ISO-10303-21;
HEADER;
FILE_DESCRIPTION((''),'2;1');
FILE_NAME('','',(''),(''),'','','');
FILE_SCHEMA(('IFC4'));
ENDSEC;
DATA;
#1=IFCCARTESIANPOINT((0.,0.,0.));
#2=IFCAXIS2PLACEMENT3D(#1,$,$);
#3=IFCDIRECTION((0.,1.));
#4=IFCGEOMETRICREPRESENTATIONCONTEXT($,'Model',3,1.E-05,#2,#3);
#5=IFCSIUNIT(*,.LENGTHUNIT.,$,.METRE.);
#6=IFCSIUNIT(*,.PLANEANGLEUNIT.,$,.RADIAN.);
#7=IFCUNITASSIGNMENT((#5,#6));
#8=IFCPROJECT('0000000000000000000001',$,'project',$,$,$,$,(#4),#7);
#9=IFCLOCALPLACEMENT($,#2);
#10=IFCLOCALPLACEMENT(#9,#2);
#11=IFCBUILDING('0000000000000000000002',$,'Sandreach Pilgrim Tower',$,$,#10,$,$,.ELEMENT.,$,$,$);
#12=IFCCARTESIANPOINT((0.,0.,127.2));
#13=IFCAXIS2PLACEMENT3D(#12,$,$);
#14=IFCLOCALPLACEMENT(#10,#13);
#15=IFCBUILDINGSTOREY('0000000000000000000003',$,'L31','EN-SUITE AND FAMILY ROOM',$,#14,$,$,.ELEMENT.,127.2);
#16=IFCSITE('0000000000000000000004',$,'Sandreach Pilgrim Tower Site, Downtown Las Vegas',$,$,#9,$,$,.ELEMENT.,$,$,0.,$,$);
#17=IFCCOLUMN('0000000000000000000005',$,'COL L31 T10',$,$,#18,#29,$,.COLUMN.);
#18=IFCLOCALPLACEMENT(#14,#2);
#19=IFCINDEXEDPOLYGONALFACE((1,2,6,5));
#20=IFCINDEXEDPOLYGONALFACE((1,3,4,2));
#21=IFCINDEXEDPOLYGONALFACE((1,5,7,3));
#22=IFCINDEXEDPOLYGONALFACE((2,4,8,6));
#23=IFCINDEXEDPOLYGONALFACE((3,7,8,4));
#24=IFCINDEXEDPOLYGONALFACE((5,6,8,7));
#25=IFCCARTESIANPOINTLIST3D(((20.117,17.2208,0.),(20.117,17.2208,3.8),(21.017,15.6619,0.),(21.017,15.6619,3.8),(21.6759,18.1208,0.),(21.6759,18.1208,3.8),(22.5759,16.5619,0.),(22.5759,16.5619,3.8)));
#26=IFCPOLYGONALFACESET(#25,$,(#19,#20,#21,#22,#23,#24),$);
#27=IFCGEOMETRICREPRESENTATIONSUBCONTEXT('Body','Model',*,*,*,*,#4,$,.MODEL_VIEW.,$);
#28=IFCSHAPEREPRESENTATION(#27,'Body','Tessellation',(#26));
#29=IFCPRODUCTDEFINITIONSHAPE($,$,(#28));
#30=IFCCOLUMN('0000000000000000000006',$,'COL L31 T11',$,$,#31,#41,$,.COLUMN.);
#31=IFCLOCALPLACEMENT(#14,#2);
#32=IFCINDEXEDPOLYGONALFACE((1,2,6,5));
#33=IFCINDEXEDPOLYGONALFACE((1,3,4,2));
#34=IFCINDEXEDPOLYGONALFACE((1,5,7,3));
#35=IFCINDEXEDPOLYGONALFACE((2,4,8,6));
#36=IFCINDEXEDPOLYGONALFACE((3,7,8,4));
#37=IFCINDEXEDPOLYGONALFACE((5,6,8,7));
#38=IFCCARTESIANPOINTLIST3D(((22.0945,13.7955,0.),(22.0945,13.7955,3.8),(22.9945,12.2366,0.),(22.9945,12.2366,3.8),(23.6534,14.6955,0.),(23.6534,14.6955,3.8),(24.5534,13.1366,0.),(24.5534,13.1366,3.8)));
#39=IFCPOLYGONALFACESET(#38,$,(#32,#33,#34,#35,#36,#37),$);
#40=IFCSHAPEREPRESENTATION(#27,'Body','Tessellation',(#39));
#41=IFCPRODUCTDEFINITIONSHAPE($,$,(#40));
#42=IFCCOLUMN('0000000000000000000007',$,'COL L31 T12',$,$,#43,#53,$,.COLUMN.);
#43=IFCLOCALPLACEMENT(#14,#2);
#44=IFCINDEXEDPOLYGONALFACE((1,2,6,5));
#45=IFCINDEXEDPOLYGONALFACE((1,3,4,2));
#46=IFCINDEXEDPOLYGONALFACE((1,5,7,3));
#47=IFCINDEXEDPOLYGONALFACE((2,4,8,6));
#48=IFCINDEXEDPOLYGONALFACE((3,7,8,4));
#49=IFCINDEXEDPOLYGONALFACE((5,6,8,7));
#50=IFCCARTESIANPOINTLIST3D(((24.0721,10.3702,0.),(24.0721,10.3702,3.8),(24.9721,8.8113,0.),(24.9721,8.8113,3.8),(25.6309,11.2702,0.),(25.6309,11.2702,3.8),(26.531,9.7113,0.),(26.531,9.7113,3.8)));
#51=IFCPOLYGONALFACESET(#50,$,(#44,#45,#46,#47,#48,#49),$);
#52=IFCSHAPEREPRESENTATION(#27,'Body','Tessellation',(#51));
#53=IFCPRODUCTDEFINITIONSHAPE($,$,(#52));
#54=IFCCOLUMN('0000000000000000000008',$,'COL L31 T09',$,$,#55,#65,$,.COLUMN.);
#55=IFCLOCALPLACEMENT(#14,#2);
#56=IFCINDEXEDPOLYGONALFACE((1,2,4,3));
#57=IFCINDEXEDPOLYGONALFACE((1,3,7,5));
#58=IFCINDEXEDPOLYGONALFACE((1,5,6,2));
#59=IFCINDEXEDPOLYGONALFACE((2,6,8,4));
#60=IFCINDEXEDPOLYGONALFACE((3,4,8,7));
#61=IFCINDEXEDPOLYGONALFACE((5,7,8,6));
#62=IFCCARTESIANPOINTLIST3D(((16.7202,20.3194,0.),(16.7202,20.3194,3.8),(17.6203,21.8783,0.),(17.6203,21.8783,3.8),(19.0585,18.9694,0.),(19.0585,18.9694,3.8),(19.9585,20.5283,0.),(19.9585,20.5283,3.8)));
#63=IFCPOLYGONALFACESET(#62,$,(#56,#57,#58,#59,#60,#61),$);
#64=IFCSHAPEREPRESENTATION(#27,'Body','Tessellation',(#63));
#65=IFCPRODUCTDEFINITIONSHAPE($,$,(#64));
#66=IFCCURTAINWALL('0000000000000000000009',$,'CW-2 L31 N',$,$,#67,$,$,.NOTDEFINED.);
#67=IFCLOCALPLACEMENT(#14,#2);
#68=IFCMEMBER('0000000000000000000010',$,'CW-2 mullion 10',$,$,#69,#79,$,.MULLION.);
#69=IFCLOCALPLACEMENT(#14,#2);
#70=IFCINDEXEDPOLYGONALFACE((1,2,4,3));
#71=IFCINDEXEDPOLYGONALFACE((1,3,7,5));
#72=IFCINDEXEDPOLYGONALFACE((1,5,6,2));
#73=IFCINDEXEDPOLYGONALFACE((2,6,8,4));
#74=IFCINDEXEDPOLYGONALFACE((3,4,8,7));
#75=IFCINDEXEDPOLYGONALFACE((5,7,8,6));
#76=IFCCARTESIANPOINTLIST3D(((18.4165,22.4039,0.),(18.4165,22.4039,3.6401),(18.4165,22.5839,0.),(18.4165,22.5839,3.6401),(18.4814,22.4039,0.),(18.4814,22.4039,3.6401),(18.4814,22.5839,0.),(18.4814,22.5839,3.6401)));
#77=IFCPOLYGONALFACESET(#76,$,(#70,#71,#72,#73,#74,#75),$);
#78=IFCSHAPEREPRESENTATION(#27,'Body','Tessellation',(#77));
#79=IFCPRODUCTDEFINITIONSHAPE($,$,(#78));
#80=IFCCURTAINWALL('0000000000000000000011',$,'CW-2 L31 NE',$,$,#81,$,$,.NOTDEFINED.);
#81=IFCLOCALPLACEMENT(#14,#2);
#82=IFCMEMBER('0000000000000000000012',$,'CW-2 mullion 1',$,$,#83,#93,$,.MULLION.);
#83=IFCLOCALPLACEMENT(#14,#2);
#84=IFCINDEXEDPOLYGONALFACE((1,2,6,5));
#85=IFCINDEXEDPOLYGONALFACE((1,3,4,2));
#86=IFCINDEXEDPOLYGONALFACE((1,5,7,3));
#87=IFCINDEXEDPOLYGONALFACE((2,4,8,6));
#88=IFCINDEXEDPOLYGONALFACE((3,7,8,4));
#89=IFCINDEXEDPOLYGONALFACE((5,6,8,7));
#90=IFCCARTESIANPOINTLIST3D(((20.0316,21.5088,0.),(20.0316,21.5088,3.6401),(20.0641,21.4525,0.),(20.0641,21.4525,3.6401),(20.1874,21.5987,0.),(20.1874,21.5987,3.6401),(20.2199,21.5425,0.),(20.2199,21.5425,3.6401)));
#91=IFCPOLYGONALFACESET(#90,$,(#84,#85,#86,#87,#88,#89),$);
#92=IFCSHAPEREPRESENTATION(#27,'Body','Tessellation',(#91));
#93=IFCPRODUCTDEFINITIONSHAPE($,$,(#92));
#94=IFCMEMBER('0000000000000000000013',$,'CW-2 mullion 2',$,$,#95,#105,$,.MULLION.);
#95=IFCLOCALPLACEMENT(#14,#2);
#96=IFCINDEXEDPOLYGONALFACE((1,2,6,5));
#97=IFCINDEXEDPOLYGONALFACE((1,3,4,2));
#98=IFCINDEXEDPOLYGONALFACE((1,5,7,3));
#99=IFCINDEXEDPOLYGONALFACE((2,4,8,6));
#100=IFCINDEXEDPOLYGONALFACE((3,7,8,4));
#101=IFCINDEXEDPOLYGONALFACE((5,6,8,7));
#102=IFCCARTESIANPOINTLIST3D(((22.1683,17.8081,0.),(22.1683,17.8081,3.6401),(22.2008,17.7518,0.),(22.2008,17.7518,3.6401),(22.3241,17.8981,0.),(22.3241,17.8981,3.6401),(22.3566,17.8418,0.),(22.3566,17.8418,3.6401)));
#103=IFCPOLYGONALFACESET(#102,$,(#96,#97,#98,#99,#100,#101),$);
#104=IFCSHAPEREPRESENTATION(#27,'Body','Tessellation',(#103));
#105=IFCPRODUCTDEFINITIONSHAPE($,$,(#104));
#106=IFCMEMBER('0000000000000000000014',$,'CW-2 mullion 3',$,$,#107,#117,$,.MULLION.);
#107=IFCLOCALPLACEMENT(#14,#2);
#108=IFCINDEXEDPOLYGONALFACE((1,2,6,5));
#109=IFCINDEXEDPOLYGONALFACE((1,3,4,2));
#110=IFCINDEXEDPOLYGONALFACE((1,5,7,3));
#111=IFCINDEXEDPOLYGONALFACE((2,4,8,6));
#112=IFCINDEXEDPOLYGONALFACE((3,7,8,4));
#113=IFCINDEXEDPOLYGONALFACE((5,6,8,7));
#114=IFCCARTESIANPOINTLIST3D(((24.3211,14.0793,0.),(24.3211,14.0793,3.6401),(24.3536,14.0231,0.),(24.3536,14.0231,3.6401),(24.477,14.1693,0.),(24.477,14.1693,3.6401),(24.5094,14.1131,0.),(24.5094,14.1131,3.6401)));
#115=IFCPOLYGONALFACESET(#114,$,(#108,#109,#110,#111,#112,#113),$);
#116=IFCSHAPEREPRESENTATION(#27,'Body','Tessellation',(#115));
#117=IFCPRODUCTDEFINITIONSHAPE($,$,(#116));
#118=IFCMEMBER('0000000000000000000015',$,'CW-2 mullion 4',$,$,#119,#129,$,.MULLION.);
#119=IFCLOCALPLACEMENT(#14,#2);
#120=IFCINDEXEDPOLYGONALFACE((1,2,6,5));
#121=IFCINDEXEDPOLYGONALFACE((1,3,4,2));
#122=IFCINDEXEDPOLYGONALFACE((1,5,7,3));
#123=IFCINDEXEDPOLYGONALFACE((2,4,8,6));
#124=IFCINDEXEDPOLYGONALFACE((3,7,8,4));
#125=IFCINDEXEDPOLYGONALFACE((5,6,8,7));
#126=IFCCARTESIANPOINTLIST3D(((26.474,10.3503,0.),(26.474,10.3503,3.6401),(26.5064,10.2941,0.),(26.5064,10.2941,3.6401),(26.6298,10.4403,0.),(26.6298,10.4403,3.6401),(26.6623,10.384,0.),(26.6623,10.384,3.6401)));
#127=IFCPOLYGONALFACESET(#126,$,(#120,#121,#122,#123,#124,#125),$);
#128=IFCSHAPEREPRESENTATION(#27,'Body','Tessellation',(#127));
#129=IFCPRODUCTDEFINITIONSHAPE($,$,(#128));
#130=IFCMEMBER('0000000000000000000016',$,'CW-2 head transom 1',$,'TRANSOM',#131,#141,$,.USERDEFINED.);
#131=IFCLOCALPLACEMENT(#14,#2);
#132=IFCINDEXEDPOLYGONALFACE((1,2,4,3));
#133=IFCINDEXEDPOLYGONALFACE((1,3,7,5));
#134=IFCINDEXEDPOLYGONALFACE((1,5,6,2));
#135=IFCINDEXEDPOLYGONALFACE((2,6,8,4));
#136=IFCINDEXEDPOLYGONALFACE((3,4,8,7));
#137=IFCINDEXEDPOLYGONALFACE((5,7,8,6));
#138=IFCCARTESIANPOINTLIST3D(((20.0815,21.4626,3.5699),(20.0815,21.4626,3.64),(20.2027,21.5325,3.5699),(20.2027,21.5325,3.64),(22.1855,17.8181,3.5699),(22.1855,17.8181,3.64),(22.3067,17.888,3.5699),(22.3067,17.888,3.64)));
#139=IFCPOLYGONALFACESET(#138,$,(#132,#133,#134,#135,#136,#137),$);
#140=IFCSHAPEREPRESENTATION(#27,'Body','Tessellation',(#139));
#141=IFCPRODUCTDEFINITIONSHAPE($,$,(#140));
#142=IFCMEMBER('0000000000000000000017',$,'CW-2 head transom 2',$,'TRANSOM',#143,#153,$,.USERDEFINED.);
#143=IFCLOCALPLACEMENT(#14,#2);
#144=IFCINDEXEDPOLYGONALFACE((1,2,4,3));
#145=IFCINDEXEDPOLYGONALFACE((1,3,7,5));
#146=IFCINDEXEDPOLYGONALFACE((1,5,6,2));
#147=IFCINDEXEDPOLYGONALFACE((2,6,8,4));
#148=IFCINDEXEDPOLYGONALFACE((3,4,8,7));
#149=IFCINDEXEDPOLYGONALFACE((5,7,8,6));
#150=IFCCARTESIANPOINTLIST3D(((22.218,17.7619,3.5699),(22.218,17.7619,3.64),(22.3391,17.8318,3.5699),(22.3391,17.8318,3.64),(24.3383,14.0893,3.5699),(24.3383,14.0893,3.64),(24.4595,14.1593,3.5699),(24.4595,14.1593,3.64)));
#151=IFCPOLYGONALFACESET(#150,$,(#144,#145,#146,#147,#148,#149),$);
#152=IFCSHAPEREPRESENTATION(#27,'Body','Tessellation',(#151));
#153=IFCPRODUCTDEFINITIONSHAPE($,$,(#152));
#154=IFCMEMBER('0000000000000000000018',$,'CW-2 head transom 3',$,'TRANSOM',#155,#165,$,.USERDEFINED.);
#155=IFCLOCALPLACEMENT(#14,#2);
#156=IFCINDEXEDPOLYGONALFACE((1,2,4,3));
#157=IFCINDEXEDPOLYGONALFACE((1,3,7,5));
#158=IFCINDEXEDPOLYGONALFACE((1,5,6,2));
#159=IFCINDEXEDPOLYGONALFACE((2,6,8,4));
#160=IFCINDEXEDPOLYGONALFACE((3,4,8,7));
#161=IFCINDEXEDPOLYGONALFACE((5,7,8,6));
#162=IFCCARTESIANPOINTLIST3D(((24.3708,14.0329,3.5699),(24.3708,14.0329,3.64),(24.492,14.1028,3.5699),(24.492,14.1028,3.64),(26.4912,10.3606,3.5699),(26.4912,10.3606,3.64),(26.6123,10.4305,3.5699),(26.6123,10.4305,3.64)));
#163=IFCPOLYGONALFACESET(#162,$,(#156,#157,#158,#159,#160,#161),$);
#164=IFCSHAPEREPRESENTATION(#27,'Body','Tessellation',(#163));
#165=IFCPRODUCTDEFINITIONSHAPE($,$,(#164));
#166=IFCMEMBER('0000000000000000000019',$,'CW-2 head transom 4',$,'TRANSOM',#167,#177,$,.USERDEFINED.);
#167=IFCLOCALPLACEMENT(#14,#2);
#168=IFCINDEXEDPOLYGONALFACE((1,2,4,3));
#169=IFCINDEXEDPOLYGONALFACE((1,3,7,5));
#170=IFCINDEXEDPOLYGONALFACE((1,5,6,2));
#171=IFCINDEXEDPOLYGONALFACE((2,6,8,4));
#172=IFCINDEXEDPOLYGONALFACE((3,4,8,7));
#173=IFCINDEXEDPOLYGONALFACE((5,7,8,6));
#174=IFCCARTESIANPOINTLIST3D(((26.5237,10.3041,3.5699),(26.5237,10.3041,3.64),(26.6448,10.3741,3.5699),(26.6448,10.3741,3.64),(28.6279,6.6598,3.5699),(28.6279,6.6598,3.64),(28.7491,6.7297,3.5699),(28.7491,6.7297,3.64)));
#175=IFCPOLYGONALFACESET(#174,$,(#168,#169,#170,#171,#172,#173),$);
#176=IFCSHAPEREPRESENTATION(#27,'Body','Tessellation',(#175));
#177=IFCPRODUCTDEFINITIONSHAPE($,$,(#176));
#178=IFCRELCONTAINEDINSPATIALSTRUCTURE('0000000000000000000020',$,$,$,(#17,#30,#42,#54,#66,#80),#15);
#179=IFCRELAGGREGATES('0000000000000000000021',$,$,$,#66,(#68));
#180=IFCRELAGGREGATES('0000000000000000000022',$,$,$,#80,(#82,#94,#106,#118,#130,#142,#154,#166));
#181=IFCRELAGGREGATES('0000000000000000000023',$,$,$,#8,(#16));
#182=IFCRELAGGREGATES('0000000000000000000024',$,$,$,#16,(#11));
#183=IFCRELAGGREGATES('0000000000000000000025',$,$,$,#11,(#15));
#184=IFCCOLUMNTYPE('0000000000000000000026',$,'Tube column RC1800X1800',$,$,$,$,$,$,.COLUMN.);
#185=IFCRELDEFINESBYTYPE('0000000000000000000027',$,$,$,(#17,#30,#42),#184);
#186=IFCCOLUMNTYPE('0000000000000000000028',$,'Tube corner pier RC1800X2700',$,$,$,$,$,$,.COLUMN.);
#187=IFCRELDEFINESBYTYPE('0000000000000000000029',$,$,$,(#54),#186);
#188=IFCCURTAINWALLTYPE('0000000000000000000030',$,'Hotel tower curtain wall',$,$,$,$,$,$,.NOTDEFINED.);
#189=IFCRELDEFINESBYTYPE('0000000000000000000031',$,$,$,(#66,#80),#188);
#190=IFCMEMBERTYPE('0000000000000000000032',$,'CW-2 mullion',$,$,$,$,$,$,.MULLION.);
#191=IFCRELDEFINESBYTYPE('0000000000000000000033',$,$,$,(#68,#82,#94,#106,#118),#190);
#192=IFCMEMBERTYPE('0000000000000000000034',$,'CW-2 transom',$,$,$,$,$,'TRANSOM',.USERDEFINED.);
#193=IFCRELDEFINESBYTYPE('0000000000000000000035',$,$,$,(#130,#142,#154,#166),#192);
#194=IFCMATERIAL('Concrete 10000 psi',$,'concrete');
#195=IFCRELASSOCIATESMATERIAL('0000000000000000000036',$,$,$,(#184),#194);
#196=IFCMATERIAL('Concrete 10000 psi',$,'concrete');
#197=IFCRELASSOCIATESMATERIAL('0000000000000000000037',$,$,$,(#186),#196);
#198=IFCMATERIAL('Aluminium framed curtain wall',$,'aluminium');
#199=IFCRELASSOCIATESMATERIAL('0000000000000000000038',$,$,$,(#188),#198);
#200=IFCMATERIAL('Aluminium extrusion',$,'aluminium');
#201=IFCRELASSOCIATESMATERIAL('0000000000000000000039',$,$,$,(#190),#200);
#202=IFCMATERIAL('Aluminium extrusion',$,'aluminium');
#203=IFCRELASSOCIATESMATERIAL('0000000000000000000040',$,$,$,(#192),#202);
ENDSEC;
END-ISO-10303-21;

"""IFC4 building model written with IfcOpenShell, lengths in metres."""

from ifc_helpers import new_model, si_unit, direction, frame, origin, origin_2d, place, context, subcontext, project, spatial, rectangle, extrude, material, material_profile, profile_set, type_object, element, aggregate, save


model = new_model("IFC4")

# Units and contexts
model_context = context("Model", 3, precision=1e-05, world=origin(), true_north=direction((0.0, 1.0)))
body_context = subcontext(model_context, "Body", "Model", "MODEL_VIEW")
ifc_project = project(units=[si_unit("LENGTHUNIT", "METRE"), si_unit("PLANEANGLEUNIT", "RADIAN")], contexts=[model_context])

# Site, building, storey
site_placement = place(None, origin())
site = spatial("IfcSite", under=ifc_project, at=site_placement, Name="Sandreach Pilgrim Tower Site, Downtown Las Vegas", CompositionType="ELEMENT", RefElevation=0.0)
building_placement = place(site_placement, origin())
building = spatial("IfcBuilding", under=site, at=building_placement, Name="Sandreach Pilgrim Tower", CompositionType="ELEMENT")
storey_placement = place(building_placement, frame((0.0, 0.0, 127.2)))
storey = spatial("IfcBuildingStorey", under=building, at=storey_placement, Name="L31", Description="EN-SUITE AND FAMILY ROOM", CompositionType="ELEMENT", Elevation=127.2)

# Columns
ifc_material_1 = material(Name="Concrete 10000 psi", Category="concrete")
ifc_material_profile_1 = material_profile(ifc_material_1, rectangle(XDim=1.8, YDim=1.8, at=origin_2d()), Name="RC1800X1800")
ifc_profile_set_1 = profile_set([ifc_material_profile_1], Name="Concrete 10000 psi")
column_type_1 = type_object("IfcColumnType", Name="Tube column RC1800X1800", PredefinedType="COLUMN", material=ifc_profile_set_1)
for number, where, z_axis, x_axis, name in (
    (1, (21.3464, 16.8914, 0.0), (0.0, 0.0, 1.0), (0.866025, 0.5, 0.0), "COL L31 T10"),
    (2, (23.324, 13.4661, 0.0), (0.0, 0.0, 1.0), (0.866025, 0.5, 0.0), "COL L31 T11"),
    (3, (25.3015, 10.0408, 0.0), (0.0, 0.0, 1.0), (0.866025, 0.5, 0.0), "COL L31 T12"),
):
    element("IfcColumn", number, at=place(storey_placement, frame(where, z_axis=z_axis, x_axis=x_axis)), inside=storey, type_object=column_type_1, Name=name, PredefinedType="COLUMN", context=body_context, shape_type="SweptSolid", body=[
        extrude(rectangle(XDim=1.8, YDim=1.8, at=origin_2d()), origin(), (0.0, 0.0, 1.0), 3.8),
    ])
ifc_material_2 = material(Name="Concrete 10000 psi", Category="concrete")
ifc_material_profile_2 = material_profile(ifc_material_2, rectangle(XDim=1.8, YDim=2.7, at=origin_2d()), Name="RC1800X2700")
ifc_profile_set_2 = profile_set([ifc_material_profile_2], Name="Concrete 10000 psi")
column_type_2 = type_object("IfcColumnType", Name="Tube corner pier RC1800X2700", PredefinedType="COLUMN", material=ifc_profile_set_2)
column_placement = place(storey_placement, frame((18.3394, 20.4238, 0.0), z_axis=(0.0, 0.0, 1.0), x_axis=(0.5, 0.866025, 0.0)))
element("IfcColumn", 4, at=column_placement, inside=storey, type_object=column_type_2, Name="COL L31 T09", PredefinedType="COLUMN", context=body_context, shape_type="SweptSolid", body=[
    extrude(rectangle(XDim=1.8, YDim=2.7, at=origin_2d()), origin(), (0.0, 0.0, 1.0), 3.8),
])

# Curtain wall, member
ifc_material_3 = material(Name="Aluminium framed curtain wall", Category="aluminium")
curtain_wall_type = type_object("IfcCurtainWallType", Name="Hotel tower curtain wall", PredefinedType="NOTDEFINED", material=ifc_material_3)
curtain_wall_1_placement = place(storey_placement, origin())
curtain_wall_1 = element("IfcCurtainWall", 5, at=curtain_wall_1_placement, inside=storey, type_object=curtain_wall_type, Name="CW-2 L31 N", PredefinedType="NOTDEFINED")
ifc_material_4 = material(Name="Aluminium extrusion", Category="aluminium")
ifc_material_profile_3 = material_profile(ifc_material_4, rectangle(XDim=0.0649, YDim=0.1799, at=origin_2d()), Name="CW-2M 65X180")
ifc_profile_set_3 = profile_set([ifc_material_profile_3], Name="Aluminium extrusion")
member_type_1 = type_object("IfcMemberType", Name="CW-2 mullion", PredefinedType="MULLION", material=ifc_profile_set_3)
member_1_placement = place(storey_placement, frame((18.449, 22.4939, 0.0), z_axis=(0.0, 0.0, 1.0), x_axis=(1.0, 0.0, 0.0)))
member_1 = element("IfcMember", 6, at=member_1_placement, type_object=member_type_1, Name="CW-2 mullion 10", PredefinedType="MULLION", context=body_context, shape_type="SweptSolid", body=[
    extrude(rectangle(XDim=0.0649, YDim=0.1799, at=origin_2d()), origin(), (0.0, 0.0, 1.0), 3.6401),
])

# Curtain wall, members
curtain_wall_2_placement = place(storey_placement, origin())
curtain_wall_2 = element("IfcCurtainWall", 7, at=curtain_wall_2_placement, inside=storey, type_object=curtain_wall_type, Name="CW-2 L31 NE", PredefinedType="NOTDEFINED")
member_2_placement = place(storey_placement, frame((20.1257, 21.5256, 0.0), z_axis=(0.0, 0.0, 1.0), x_axis=(0.5, -0.866025, 0.0)))
member_2 = element("IfcMember", 8, at=member_2_placement, type_object=member_type_1, Name="CW-2 mullion 1", PredefinedType="MULLION", context=body_context, shape_type="SweptSolid", body=[
    extrude(rectangle(XDim=0.0649, YDim=0.1799, at=origin_2d()), origin(), (0.0, 0.0, 1.0), 3.6401),
])
member_3_placement = place(storey_placement, frame((22.2625, 17.825, 0.0), z_axis=(0.0, 0.0, 1.0), x_axis=(0.5, -0.866025, 0.0)))
member_3 = element("IfcMember", 9, at=member_3_placement, type_object=member_type_1, Name="CW-2 mullion 2", PredefinedType="MULLION", context=body_context, shape_type="SweptSolid", body=[
    extrude(rectangle(XDim=0.0649, YDim=0.1799, at=origin_2d()), origin(), (0.0, 0.0, 1.0), 3.6401),
])
member_4_placement = place(storey_placement, frame((24.4153, 14.0962, 0.0), z_axis=(0.0, 0.0, 1.0), x_axis=(0.5, -0.866025, 0.0)))
member_4 = element("IfcMember", 10, at=member_4_placement, type_object=member_type_1, Name="CW-2 mullion 3", PredefinedType="MULLION", context=body_context, shape_type="SweptSolid", body=[
    extrude(rectangle(XDim=0.0649, YDim=0.1799, at=origin_2d()), origin(), (0.0, 0.0, 1.0), 3.6401),
])
member_5_placement = place(storey_placement, frame((26.5681, 10.3672, 0.0), z_axis=(0.0, 0.0, 1.0), x_axis=(0.5, -0.866025, 0.0)))
member_5 = element("IfcMember", 11, at=member_5_placement, type_object=member_type_1, Name="CW-2 mullion 4", PredefinedType="MULLION", context=body_context, shape_type="SweptSolid", body=[
    extrude(rectangle(XDim=0.0649, YDim=0.1799, at=origin_2d()), origin(), (0.0, 0.0, 1.0), 3.6401),
])
ifc_material_5 = material(Name="Aluminium extrusion", Category="aluminium")
ifc_material_profile_4 = material_profile(ifc_material_5, rectangle(XDim=0.1399, YDim=0.0701, at=origin_2d()), Name="CW-2T 140X70")
ifc_profile_set_4 = profile_set([ifc_material_profile_4], Name="Aluminium extrusion")
member_type_2 = type_object("IfcMemberType", Name="CW-2 transom", ElementType="TRANSOM", PredefinedType="USERDEFINED", material=ifc_profile_set_4)
member_6_placement = place(storey_placement, frame((20.1421, 21.4976, 3.605), z_axis=(0.49997, -0.866043, 0.0), x_axis=(0.866043, 0.49997, 0.0)))
member_6 = element("IfcMember", 12, at=member_6_placement, type_object=member_type_2, Name="CW-2 head transom 1", ObjectType="TRANSOM", PredefinedType="USERDEFINED", context=body_context, shape_type="SweptSolid", body=[
    extrude(rectangle(XDim=0.1399, YDim=0.0701, at=origin_2d()), origin(), (0.0, 0.0, 1.0), 4.2083),
])
member_7_placement = place(storey_placement, frame((22.2786, 17.7969, 3.605), z_axis=(0.499997, -0.866027, 0.0), x_axis=(0.866027, 0.499997, 0.0)))
member_7 = element("IfcMember", 13, at=member_7_placement, type_object=member_type_2, Name="CW-2 head transom 2", ObjectType="TRANSOM", PredefinedType="USERDEFINED", context=body_context, shape_type="SweptSolid", body=[
    extrude(rectangle(XDim=0.1399, YDim=0.0701, at=origin_2d()), origin(), (0.0, 0.0, 1.0), 4.2407),
])
member_8_placement = place(storey_placement, frame((24.4314, 14.0679, 3.605), z_axis=(0.500021, -0.866013, 0.0), x_axis=(0.866013, 0.500021, 0.0)))
member_8 = element("IfcMember", 14, at=member_8_placement, type_object=member_type_2, Name="CW-2 head transom 3", ObjectType="TRANSOM", PredefinedType="USERDEFINED", context=body_context, shape_type="SweptSolid", body=[
    extrude(rectangle(XDim=0.1399, YDim=0.0701, at=origin_2d()), origin(), (0.0, 0.0, 1.0), 4.2405),
])
member_9_placement = place(storey_placement, frame((26.5842, 10.3391, 3.605), z_axis=(0.500039, -0.866003, 0.0), x_axis=(0.866003, 0.500039, 0.0)))
member_9 = element("IfcMember", 15, at=member_9_placement, type_object=member_type_2, Name="CW-2 head transom 4", ObjectType="TRANSOM", PredefinedType="USERDEFINED", context=body_context, shape_type="SweptSolid", body=[
    extrude(rectangle(XDim=0.1399, YDim=0.0701, at=origin_2d()), origin(), (0.0, 0.0, 1.0), 4.2083),
])

aggregate(curtain_wall_1, [member_1])
aggregate(curtain_wall_2, [member_2, member_3, member_4, member_5, member_6, member_7, member_8, member_9])

save(model, "model.ifc")
